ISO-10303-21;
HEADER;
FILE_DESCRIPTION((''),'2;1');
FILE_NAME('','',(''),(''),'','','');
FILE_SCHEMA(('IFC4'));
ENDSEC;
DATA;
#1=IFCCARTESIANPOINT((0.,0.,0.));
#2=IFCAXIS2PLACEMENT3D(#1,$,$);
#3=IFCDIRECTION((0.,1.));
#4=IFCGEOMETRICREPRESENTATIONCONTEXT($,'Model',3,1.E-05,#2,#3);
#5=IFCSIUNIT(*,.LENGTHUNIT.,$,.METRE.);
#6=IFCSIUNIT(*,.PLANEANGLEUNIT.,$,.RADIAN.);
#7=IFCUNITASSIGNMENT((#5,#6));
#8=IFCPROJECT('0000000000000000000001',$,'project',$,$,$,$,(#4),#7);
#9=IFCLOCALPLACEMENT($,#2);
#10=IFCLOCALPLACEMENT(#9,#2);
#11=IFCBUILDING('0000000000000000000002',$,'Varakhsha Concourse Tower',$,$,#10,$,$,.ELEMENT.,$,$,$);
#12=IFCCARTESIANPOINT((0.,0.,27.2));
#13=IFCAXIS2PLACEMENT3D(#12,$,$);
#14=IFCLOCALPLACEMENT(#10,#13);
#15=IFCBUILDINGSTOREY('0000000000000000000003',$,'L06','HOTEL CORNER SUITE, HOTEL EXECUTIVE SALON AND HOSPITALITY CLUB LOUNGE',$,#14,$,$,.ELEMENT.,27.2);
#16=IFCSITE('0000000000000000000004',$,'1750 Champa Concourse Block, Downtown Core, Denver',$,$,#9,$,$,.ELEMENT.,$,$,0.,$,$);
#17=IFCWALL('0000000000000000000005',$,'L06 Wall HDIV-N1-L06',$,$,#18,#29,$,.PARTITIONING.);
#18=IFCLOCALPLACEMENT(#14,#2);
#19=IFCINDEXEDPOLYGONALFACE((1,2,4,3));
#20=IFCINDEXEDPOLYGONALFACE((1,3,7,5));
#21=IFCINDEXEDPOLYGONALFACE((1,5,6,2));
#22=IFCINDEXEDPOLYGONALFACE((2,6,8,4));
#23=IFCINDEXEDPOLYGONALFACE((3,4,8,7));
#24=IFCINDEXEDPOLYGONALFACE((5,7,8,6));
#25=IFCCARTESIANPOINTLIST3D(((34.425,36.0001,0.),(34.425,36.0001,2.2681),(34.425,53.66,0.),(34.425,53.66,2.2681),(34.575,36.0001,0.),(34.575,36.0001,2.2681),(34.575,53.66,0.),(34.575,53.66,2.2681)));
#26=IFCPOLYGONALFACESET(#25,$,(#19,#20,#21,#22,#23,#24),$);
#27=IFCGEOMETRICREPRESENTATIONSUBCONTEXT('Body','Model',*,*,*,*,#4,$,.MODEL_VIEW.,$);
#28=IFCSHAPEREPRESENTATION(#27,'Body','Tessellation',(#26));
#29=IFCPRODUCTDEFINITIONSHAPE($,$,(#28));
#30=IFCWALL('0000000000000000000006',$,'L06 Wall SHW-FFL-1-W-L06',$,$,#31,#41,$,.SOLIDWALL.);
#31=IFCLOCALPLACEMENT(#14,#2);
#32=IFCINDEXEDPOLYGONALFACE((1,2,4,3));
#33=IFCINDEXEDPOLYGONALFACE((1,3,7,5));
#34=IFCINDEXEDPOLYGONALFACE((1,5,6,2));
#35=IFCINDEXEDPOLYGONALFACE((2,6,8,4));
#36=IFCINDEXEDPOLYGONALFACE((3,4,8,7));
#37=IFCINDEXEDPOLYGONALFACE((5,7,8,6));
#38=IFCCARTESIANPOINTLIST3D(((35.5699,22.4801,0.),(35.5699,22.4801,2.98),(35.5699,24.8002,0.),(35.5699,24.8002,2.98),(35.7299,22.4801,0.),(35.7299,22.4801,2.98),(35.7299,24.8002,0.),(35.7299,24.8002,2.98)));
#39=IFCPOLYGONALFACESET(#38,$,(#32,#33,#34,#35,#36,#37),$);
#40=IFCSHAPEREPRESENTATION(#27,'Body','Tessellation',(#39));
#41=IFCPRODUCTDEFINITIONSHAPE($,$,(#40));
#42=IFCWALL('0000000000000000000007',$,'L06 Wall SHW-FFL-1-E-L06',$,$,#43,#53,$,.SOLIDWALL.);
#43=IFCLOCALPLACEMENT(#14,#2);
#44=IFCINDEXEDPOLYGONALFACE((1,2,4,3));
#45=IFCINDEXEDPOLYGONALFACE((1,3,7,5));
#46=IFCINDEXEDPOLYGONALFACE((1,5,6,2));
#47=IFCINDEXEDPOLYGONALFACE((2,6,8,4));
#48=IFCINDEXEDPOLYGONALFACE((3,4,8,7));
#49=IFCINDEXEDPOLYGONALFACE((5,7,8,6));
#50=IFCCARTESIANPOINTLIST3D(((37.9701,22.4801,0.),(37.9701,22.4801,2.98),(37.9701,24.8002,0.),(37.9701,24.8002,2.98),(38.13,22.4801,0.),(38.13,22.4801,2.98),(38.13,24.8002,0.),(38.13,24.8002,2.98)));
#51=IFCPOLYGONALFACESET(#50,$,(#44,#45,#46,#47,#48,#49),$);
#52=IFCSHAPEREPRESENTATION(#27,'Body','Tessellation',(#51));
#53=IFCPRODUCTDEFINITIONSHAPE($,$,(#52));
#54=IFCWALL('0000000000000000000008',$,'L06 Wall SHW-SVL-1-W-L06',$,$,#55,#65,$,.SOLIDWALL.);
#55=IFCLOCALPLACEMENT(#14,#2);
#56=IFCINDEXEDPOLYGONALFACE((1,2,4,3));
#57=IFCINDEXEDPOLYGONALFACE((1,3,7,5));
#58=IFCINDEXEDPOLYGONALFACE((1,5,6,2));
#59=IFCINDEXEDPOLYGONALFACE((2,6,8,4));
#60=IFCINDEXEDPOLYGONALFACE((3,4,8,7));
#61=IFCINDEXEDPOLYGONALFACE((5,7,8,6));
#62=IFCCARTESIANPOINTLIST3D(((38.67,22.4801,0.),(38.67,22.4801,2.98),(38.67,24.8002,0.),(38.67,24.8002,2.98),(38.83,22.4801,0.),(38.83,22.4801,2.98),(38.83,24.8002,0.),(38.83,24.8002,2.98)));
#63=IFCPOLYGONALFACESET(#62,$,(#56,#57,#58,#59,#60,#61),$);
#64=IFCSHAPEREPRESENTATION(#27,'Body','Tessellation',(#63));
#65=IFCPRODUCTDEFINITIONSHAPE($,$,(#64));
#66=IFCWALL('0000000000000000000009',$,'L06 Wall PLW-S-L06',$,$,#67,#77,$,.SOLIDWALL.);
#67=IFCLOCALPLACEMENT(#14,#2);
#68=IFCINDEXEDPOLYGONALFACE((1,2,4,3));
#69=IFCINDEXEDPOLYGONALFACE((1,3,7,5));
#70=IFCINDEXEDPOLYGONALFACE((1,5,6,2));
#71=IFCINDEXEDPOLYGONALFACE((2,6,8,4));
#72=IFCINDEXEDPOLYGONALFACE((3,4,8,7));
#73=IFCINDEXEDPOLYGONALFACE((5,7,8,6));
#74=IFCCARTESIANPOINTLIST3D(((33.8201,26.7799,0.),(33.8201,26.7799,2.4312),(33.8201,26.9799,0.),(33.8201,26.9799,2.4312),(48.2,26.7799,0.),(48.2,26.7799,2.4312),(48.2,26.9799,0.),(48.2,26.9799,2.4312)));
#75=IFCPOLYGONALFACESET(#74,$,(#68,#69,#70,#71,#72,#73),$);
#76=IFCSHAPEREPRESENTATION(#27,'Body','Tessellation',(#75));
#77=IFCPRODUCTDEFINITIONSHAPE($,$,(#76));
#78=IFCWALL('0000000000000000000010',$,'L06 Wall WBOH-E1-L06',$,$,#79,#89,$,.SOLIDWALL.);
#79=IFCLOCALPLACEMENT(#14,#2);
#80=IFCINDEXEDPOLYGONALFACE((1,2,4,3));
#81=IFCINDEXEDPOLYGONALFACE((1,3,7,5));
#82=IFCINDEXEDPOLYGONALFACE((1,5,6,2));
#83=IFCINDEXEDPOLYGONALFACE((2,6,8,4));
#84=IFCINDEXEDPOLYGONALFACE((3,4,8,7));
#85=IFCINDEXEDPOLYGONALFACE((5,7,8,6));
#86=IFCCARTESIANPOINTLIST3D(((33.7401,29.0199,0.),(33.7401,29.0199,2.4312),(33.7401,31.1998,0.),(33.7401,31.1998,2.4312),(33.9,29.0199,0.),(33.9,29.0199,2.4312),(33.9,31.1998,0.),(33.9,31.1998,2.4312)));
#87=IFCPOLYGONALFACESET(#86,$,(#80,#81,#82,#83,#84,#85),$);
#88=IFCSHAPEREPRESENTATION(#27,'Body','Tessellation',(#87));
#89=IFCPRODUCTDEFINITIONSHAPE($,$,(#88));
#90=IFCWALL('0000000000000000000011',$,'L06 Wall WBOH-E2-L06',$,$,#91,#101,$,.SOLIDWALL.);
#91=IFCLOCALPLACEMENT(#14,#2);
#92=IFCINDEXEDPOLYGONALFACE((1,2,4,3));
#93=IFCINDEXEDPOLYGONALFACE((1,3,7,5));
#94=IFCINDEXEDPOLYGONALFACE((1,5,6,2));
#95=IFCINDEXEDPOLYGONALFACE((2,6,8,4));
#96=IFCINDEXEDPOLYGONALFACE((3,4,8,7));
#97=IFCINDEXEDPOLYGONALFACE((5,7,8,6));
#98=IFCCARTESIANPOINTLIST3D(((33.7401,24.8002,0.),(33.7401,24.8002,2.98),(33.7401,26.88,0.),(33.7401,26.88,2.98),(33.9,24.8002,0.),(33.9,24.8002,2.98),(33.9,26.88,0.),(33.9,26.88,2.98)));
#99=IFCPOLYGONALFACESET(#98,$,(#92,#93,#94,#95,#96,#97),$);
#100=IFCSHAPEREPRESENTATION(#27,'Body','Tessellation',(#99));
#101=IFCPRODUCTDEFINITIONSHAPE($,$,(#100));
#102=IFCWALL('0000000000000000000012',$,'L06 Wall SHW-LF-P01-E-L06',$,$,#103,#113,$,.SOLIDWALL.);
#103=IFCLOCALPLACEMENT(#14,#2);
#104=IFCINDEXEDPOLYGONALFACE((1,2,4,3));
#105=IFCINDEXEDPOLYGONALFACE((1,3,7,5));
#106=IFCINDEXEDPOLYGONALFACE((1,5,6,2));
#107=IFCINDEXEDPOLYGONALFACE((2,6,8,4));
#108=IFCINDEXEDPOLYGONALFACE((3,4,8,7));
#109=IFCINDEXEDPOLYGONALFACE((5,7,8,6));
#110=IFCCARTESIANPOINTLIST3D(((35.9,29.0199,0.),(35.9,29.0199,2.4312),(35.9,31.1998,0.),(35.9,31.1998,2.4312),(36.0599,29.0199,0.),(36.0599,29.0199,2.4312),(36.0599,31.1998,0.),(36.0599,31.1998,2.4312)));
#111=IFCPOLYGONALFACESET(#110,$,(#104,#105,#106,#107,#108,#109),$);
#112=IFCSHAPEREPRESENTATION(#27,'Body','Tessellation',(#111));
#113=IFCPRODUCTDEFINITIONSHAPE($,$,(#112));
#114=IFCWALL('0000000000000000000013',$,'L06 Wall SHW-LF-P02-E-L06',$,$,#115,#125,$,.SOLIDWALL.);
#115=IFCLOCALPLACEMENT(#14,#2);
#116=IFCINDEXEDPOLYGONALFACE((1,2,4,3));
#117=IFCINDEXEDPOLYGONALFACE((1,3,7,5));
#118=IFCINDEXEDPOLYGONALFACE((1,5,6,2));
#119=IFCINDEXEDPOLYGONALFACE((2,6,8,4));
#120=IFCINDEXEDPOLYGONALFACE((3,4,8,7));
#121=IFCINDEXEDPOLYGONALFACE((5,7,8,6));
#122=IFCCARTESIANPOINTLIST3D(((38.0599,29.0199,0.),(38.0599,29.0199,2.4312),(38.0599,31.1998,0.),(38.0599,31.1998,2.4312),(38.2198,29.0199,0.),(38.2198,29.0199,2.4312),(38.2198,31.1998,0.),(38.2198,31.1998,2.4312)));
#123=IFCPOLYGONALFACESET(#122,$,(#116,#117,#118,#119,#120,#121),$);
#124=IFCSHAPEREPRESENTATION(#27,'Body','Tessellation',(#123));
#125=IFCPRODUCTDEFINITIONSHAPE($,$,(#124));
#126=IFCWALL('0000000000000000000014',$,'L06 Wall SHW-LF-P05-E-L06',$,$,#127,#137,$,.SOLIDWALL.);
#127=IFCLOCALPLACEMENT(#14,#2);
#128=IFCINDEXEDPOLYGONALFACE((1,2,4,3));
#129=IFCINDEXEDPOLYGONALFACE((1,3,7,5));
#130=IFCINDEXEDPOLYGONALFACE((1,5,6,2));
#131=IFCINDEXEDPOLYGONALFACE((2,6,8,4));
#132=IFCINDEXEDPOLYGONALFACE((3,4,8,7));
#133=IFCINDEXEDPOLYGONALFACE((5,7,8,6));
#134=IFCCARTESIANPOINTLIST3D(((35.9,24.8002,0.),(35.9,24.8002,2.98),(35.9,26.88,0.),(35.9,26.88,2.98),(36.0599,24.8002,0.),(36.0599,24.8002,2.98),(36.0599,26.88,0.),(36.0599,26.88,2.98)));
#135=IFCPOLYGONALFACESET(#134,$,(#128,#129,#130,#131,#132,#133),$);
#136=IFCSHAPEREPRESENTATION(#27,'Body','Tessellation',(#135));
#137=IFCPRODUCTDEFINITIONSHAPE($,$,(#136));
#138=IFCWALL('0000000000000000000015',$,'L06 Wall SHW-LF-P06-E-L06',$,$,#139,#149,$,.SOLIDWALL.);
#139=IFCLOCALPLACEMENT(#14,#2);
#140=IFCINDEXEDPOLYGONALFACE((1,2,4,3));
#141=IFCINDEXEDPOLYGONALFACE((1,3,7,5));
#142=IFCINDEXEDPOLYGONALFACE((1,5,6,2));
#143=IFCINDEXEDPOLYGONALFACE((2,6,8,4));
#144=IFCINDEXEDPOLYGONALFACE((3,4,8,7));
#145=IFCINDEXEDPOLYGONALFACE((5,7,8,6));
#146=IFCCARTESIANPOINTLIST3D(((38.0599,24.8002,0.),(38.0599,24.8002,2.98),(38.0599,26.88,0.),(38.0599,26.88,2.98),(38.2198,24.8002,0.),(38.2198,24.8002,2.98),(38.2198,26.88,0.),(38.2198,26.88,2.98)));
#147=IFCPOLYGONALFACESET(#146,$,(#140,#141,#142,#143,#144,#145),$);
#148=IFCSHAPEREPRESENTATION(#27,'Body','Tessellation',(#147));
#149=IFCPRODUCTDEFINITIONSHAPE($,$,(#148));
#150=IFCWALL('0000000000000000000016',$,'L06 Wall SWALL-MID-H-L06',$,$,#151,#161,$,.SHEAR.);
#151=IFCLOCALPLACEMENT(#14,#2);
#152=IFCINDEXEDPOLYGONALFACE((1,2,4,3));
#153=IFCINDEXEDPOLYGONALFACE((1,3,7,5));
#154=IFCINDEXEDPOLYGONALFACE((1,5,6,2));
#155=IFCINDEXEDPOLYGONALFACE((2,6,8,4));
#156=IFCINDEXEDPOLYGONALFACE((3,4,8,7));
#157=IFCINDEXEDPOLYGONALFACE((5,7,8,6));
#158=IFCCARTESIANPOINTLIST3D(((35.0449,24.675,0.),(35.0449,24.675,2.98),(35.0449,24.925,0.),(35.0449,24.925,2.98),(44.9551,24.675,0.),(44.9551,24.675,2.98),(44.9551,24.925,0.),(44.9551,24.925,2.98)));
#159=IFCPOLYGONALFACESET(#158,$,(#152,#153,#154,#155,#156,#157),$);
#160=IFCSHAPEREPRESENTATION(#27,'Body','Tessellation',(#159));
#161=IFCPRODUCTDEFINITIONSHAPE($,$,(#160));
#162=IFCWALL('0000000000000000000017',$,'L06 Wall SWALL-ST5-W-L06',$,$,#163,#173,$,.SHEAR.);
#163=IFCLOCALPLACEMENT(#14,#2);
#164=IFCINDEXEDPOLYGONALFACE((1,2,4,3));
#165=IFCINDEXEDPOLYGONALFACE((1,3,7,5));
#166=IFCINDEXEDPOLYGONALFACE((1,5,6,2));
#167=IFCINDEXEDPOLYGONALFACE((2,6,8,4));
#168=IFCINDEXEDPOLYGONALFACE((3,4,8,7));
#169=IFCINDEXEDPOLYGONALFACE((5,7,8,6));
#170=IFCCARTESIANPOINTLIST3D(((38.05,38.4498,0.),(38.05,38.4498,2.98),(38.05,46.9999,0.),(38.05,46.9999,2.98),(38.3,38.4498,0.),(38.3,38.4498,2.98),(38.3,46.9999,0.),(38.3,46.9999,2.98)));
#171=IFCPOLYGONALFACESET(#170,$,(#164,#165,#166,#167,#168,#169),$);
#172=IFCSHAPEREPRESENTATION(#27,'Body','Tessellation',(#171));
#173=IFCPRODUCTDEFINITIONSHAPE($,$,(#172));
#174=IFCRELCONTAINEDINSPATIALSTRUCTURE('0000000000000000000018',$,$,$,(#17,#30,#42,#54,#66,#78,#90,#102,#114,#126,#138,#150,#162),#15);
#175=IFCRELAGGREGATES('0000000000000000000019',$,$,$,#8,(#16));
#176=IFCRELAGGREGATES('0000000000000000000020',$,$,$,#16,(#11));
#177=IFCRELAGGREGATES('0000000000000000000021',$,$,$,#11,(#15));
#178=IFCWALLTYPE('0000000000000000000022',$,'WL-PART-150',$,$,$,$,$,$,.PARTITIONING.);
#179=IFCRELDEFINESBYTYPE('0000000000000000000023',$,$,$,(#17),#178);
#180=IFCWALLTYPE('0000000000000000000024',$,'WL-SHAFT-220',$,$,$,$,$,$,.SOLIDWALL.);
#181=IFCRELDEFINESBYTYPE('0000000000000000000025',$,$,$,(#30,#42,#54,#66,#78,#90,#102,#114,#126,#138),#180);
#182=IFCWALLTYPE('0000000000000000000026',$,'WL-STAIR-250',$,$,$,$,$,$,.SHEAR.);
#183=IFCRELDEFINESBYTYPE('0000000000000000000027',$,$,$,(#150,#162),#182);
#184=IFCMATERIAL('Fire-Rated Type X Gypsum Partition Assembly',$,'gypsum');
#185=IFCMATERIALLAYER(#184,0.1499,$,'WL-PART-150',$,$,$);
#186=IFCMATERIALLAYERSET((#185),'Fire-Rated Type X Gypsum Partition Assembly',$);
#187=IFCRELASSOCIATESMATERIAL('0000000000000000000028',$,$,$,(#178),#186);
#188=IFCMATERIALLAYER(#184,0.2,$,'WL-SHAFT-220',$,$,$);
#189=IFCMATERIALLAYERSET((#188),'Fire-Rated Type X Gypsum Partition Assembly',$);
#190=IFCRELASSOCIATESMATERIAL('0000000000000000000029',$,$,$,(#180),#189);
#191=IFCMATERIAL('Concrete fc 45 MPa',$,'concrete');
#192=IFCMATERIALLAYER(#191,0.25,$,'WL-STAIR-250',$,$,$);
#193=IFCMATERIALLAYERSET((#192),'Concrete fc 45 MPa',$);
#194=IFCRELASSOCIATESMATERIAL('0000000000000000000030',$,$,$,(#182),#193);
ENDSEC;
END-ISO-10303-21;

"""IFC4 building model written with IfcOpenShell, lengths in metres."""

from ifc_helpers import new_model, si_unit, direction, frame, frame_2d, origin, place, context, subcontext, project, spatial, rectangle, extrude, material, layer, layer_set, type_object, element, save


model = new_model("IFC4")

# Units and contexts
model_context = context("Model", 3, precision=1e-05, world=origin(), true_north=direction((0.0, 1.0)))
body_context = subcontext(model_context, "Body", "Model", "MODEL_VIEW")
ifc_project = project(units=[si_unit("LENGTHUNIT", "METRE"), si_unit("PLANEANGLEUNIT", "RADIAN")], contexts=[model_context])

# Site, building, storey
site_placement = place(None, origin())
site = spatial("IfcSite", under=ifc_project, at=site_placement, Name="1750 Champa Concourse Block, Downtown Core, Denver", CompositionType="ELEMENT", RefElevation=0.0)
building_placement = place(site_placement, origin())
building = spatial("IfcBuilding", under=site, at=building_placement, Name="Varakhsha Concourse Tower", CompositionType="ELEMENT")
storey_placement = place(building_placement, frame((0.0, 0.0, 27.2)))
storey = spatial("IfcBuildingStorey", under=building, at=storey_placement, Name="L06", Description="HOTEL CORNER SUITE, HOTEL EXECUTIVE SALON AND HOSPITALITY CLUB LOUNGE", CompositionType="ELEMENT", Elevation=27.2)

# Shared definitions
ifc_material_1 = material(Name="Fire-Rated Type X Gypsum Partition Assembly", Category="gypsum")
ifc_layer_1 = layer(ifc_material_1, 0.1499, Name="WL-PART-150")
ifc_layer_set_1 = layer_set([ifc_layer_1], Name="Fire-Rated Type X Gypsum Partition Assembly")
wall_type_1 = type_object("IfcWallType", Name="WL-PART-150", PredefinedType="PARTITIONING", material=ifc_layer_set_1)

# Walls
wall_1_placement = place(storey_placement, frame((34.5, 36.0, 0.0), z_axis=(0.0, 0.0, 1.0), x_axis=(0.0, 1.0, 0.0)))
element("IfcWall", 1, at=wall_1_placement, inside=storey, type_object=wall_type_1, Name="L06 Wall HDIV-N1-L06", PredefinedType="PARTITIONING", context=body_context, shape_type="SweptSolid", body=[
    extrude(rectangle(XDim=17.6599, YDim=0.1499, at=frame_2d((8.8301, 0.0))), origin(), (0.0, 0.0, 1.0), 2.2681),
])
ifc_layer_2 = layer(ifc_material_1, 0.2, Name="WL-SHAFT-220")
ifc_layer_set_2 = layer_set([ifc_layer_2], Name="Fire-Rated Type X Gypsum Partition Assembly")
wall_type_2 = type_object("IfcWallType", Name="WL-SHAFT-220", PredefinedType="SOLIDWALL", material=ifc_layer_set_2)
for number, where, z_axis, x_axis, name in (
    (2, (35.6499, 22.48, 0.0), (0.0, 0.0, 1.0), (0.0, 1.0, 0.0), "L06 Wall SHW-FFL-1-W-L06"),
    (3, (38.05, 22.48, 0.0), (0.0, 0.0, 1.0), (0.0, 1.0, 0.0), "L06 Wall SHW-FFL-1-E-L06"),
    (4, (38.75, 22.48, 0.0), (0.0, 0.0, 1.0), (0.0, 1.0, 0.0), "L06 Wall SHW-SVL-1-W-L06"),
):
    element("IfcWall", number, at=place(storey_placement, frame(where, z_axis=z_axis, x_axis=x_axis)), inside=storey, type_object=wall_type_2, Name=name, PredefinedType="SOLIDWALL", context=body_context, shape_type="SweptSolid", body=[
        extrude(rectangle(XDim=2.3201, YDim=0.1599, at=frame_2d((1.1602, 0.0))), origin(), (0.0, 0.0, 1.0), 2.98),
    ])
wall_2_placement = place(storey_placement, frame((33.8201, 26.8799, 0.0), z_axis=(0.0, 0.0, 1.0), x_axis=(1.0, 0.0, 0.0)))
element("IfcWall", 5, at=wall_2_placement, inside=storey, type_object=wall_type_2, Name="L06 Wall PLW-S-L06", PredefinedType="SOLIDWALL", context=body_context, shape_type="SweptSolid", body=[
    extrude(rectangle(XDim=14.3799, YDim=0.2, at=frame_2d((7.1899, 0.0))), origin(), (0.0, 0.0, 1.0), 2.4312),
])
wall_3_placement = place(storey_placement, frame((33.8201, 29.02, 0.0), z_axis=(0.0, 0.0, 1.0), x_axis=(0.0, 1.0, 0.0)))
element("IfcWall", 6, at=wall_3_placement, inside=storey, type_object=wall_type_2, Name="L06 Wall WBOH-E1-L06", PredefinedType="SOLIDWALL", context=body_context, shape_type="SweptSolid", body=[
    extrude(rectangle(XDim=2.1799, YDim=0.1599, at=frame_2d((1.0898, 0.0))), origin(), (0.0, 0.0, 1.0), 2.4312),
])
wall_4_placement = place(storey_placement, frame((33.8201, 24.8, 0.0), z_axis=(0.0, 0.0, 1.0), x_axis=(0.0, 1.0, 0.0)))
element("IfcWall", 7, at=wall_4_placement, inside=storey, type_object=wall_type_2, Name="L06 Wall WBOH-E2-L06", PredefinedType="SOLIDWALL", context=body_context, shape_type="SweptSolid", body=[
    extrude(rectangle(XDim=2.0798, YDim=0.1599, at=frame_2d((1.04, 0.0))), origin(), (0.0, 0.0, 1.0), 2.98),
])
for number, where, z_axis, x_axis, name in (
    (8, (35.98, 29.02, 0.0), (0.0, 0.0, 1.0), (0.0, 1.0, 0.0), "L06 Wall SHW-LF-P01-E-L06"),
    (9, (38.1399, 29.02, 0.0), (0.0, 0.0, 1.0), (0.0, 1.0, 0.0), "L06 Wall SHW-LF-P02-E-L06"),
):
    element("IfcWall", number, at=place(storey_placement, frame(where, z_axis=z_axis, x_axis=x_axis)), inside=storey, type_object=wall_type_2, Name=name, PredefinedType="SOLIDWALL", context=body_context, shape_type="SweptSolid", body=[
        extrude(rectangle(XDim=2.1799, YDim=0.1599, at=frame_2d((1.0898, 0.0))), origin(), (0.0, 0.0, 1.0), 2.4312),
    ])
for number, where, z_axis, x_axis, name in (
    (10, (35.98, 24.8, 0.0), (0.0, 0.0, 1.0), (0.0, 1.0, 0.0), "L06 Wall SHW-LF-P05-E-L06"),
    (11, (38.1399, 24.8, 0.0), (0.0, 0.0, 1.0), (0.0, 1.0, 0.0), "L06 Wall SHW-LF-P06-E-L06"),
):
    element("IfcWall", number, at=place(storey_placement, frame(where, z_axis=z_axis, x_axis=x_axis)), inside=storey, type_object=wall_type_2, Name=name, PredefinedType="SOLIDWALL", context=body_context, shape_type="SweptSolid", body=[
        extrude(rectangle(XDim=2.0798, YDim=0.1599, at=frame_2d((1.04, 0.0))), origin(), (0.0, 0.0, 1.0), 2.98),
    ])
ifc_material_2 = material(Name="Concrete fc 45 MPa", Category="concrete")
ifc_layer_3 = layer(ifc_material_2, 0.25, Name="WL-STAIR-250")
ifc_layer_set_3 = layer_set([ifc_layer_3], Name="Concrete fc 45 MPa")
wall_type_3 = type_object("IfcWallType", Name="WL-STAIR-250", PredefinedType="SHEAR", material=ifc_layer_set_3)
wall_5_placement = place(storey_placement, frame((35.0449, 24.8, 0.0), z_axis=(0.0, 0.0, 1.0), x_axis=(1.0, 0.0, 0.0)))
element("IfcWall", 12, at=wall_5_placement, inside=storey, type_object=wall_type_3, Name="L06 Wall SWALL-MID-H-L06", PredefinedType="SHEAR", context=body_context, shape_type="SweptSolid", body=[
    extrude(rectangle(XDim=9.9102, YDim=0.25, at=frame_2d((4.9551, 0.0))), origin(), (0.0, 0.0, 1.0), 2.98),
])
wall_6_placement = place(storey_placement, frame((38.175, 38.45, 0.0), z_axis=(0.0, 0.0, 1.0), x_axis=(0.0, 1.0, 0.0)))
element("IfcWall", 13, at=wall_6_placement, inside=storey, type_object=wall_type_3, Name="L06 Wall SWALL-ST5-W-L06", PredefinedType="SHEAR", context=body_context, shape_type="SweptSolid", body=[
    extrude(rectangle(XDim=8.55, YDim=0.25, at=frame_2d((4.2749, 0.0))), origin(), (0.0, 0.0, 1.0), 2.98),
])

save(model, "model.ifc")
